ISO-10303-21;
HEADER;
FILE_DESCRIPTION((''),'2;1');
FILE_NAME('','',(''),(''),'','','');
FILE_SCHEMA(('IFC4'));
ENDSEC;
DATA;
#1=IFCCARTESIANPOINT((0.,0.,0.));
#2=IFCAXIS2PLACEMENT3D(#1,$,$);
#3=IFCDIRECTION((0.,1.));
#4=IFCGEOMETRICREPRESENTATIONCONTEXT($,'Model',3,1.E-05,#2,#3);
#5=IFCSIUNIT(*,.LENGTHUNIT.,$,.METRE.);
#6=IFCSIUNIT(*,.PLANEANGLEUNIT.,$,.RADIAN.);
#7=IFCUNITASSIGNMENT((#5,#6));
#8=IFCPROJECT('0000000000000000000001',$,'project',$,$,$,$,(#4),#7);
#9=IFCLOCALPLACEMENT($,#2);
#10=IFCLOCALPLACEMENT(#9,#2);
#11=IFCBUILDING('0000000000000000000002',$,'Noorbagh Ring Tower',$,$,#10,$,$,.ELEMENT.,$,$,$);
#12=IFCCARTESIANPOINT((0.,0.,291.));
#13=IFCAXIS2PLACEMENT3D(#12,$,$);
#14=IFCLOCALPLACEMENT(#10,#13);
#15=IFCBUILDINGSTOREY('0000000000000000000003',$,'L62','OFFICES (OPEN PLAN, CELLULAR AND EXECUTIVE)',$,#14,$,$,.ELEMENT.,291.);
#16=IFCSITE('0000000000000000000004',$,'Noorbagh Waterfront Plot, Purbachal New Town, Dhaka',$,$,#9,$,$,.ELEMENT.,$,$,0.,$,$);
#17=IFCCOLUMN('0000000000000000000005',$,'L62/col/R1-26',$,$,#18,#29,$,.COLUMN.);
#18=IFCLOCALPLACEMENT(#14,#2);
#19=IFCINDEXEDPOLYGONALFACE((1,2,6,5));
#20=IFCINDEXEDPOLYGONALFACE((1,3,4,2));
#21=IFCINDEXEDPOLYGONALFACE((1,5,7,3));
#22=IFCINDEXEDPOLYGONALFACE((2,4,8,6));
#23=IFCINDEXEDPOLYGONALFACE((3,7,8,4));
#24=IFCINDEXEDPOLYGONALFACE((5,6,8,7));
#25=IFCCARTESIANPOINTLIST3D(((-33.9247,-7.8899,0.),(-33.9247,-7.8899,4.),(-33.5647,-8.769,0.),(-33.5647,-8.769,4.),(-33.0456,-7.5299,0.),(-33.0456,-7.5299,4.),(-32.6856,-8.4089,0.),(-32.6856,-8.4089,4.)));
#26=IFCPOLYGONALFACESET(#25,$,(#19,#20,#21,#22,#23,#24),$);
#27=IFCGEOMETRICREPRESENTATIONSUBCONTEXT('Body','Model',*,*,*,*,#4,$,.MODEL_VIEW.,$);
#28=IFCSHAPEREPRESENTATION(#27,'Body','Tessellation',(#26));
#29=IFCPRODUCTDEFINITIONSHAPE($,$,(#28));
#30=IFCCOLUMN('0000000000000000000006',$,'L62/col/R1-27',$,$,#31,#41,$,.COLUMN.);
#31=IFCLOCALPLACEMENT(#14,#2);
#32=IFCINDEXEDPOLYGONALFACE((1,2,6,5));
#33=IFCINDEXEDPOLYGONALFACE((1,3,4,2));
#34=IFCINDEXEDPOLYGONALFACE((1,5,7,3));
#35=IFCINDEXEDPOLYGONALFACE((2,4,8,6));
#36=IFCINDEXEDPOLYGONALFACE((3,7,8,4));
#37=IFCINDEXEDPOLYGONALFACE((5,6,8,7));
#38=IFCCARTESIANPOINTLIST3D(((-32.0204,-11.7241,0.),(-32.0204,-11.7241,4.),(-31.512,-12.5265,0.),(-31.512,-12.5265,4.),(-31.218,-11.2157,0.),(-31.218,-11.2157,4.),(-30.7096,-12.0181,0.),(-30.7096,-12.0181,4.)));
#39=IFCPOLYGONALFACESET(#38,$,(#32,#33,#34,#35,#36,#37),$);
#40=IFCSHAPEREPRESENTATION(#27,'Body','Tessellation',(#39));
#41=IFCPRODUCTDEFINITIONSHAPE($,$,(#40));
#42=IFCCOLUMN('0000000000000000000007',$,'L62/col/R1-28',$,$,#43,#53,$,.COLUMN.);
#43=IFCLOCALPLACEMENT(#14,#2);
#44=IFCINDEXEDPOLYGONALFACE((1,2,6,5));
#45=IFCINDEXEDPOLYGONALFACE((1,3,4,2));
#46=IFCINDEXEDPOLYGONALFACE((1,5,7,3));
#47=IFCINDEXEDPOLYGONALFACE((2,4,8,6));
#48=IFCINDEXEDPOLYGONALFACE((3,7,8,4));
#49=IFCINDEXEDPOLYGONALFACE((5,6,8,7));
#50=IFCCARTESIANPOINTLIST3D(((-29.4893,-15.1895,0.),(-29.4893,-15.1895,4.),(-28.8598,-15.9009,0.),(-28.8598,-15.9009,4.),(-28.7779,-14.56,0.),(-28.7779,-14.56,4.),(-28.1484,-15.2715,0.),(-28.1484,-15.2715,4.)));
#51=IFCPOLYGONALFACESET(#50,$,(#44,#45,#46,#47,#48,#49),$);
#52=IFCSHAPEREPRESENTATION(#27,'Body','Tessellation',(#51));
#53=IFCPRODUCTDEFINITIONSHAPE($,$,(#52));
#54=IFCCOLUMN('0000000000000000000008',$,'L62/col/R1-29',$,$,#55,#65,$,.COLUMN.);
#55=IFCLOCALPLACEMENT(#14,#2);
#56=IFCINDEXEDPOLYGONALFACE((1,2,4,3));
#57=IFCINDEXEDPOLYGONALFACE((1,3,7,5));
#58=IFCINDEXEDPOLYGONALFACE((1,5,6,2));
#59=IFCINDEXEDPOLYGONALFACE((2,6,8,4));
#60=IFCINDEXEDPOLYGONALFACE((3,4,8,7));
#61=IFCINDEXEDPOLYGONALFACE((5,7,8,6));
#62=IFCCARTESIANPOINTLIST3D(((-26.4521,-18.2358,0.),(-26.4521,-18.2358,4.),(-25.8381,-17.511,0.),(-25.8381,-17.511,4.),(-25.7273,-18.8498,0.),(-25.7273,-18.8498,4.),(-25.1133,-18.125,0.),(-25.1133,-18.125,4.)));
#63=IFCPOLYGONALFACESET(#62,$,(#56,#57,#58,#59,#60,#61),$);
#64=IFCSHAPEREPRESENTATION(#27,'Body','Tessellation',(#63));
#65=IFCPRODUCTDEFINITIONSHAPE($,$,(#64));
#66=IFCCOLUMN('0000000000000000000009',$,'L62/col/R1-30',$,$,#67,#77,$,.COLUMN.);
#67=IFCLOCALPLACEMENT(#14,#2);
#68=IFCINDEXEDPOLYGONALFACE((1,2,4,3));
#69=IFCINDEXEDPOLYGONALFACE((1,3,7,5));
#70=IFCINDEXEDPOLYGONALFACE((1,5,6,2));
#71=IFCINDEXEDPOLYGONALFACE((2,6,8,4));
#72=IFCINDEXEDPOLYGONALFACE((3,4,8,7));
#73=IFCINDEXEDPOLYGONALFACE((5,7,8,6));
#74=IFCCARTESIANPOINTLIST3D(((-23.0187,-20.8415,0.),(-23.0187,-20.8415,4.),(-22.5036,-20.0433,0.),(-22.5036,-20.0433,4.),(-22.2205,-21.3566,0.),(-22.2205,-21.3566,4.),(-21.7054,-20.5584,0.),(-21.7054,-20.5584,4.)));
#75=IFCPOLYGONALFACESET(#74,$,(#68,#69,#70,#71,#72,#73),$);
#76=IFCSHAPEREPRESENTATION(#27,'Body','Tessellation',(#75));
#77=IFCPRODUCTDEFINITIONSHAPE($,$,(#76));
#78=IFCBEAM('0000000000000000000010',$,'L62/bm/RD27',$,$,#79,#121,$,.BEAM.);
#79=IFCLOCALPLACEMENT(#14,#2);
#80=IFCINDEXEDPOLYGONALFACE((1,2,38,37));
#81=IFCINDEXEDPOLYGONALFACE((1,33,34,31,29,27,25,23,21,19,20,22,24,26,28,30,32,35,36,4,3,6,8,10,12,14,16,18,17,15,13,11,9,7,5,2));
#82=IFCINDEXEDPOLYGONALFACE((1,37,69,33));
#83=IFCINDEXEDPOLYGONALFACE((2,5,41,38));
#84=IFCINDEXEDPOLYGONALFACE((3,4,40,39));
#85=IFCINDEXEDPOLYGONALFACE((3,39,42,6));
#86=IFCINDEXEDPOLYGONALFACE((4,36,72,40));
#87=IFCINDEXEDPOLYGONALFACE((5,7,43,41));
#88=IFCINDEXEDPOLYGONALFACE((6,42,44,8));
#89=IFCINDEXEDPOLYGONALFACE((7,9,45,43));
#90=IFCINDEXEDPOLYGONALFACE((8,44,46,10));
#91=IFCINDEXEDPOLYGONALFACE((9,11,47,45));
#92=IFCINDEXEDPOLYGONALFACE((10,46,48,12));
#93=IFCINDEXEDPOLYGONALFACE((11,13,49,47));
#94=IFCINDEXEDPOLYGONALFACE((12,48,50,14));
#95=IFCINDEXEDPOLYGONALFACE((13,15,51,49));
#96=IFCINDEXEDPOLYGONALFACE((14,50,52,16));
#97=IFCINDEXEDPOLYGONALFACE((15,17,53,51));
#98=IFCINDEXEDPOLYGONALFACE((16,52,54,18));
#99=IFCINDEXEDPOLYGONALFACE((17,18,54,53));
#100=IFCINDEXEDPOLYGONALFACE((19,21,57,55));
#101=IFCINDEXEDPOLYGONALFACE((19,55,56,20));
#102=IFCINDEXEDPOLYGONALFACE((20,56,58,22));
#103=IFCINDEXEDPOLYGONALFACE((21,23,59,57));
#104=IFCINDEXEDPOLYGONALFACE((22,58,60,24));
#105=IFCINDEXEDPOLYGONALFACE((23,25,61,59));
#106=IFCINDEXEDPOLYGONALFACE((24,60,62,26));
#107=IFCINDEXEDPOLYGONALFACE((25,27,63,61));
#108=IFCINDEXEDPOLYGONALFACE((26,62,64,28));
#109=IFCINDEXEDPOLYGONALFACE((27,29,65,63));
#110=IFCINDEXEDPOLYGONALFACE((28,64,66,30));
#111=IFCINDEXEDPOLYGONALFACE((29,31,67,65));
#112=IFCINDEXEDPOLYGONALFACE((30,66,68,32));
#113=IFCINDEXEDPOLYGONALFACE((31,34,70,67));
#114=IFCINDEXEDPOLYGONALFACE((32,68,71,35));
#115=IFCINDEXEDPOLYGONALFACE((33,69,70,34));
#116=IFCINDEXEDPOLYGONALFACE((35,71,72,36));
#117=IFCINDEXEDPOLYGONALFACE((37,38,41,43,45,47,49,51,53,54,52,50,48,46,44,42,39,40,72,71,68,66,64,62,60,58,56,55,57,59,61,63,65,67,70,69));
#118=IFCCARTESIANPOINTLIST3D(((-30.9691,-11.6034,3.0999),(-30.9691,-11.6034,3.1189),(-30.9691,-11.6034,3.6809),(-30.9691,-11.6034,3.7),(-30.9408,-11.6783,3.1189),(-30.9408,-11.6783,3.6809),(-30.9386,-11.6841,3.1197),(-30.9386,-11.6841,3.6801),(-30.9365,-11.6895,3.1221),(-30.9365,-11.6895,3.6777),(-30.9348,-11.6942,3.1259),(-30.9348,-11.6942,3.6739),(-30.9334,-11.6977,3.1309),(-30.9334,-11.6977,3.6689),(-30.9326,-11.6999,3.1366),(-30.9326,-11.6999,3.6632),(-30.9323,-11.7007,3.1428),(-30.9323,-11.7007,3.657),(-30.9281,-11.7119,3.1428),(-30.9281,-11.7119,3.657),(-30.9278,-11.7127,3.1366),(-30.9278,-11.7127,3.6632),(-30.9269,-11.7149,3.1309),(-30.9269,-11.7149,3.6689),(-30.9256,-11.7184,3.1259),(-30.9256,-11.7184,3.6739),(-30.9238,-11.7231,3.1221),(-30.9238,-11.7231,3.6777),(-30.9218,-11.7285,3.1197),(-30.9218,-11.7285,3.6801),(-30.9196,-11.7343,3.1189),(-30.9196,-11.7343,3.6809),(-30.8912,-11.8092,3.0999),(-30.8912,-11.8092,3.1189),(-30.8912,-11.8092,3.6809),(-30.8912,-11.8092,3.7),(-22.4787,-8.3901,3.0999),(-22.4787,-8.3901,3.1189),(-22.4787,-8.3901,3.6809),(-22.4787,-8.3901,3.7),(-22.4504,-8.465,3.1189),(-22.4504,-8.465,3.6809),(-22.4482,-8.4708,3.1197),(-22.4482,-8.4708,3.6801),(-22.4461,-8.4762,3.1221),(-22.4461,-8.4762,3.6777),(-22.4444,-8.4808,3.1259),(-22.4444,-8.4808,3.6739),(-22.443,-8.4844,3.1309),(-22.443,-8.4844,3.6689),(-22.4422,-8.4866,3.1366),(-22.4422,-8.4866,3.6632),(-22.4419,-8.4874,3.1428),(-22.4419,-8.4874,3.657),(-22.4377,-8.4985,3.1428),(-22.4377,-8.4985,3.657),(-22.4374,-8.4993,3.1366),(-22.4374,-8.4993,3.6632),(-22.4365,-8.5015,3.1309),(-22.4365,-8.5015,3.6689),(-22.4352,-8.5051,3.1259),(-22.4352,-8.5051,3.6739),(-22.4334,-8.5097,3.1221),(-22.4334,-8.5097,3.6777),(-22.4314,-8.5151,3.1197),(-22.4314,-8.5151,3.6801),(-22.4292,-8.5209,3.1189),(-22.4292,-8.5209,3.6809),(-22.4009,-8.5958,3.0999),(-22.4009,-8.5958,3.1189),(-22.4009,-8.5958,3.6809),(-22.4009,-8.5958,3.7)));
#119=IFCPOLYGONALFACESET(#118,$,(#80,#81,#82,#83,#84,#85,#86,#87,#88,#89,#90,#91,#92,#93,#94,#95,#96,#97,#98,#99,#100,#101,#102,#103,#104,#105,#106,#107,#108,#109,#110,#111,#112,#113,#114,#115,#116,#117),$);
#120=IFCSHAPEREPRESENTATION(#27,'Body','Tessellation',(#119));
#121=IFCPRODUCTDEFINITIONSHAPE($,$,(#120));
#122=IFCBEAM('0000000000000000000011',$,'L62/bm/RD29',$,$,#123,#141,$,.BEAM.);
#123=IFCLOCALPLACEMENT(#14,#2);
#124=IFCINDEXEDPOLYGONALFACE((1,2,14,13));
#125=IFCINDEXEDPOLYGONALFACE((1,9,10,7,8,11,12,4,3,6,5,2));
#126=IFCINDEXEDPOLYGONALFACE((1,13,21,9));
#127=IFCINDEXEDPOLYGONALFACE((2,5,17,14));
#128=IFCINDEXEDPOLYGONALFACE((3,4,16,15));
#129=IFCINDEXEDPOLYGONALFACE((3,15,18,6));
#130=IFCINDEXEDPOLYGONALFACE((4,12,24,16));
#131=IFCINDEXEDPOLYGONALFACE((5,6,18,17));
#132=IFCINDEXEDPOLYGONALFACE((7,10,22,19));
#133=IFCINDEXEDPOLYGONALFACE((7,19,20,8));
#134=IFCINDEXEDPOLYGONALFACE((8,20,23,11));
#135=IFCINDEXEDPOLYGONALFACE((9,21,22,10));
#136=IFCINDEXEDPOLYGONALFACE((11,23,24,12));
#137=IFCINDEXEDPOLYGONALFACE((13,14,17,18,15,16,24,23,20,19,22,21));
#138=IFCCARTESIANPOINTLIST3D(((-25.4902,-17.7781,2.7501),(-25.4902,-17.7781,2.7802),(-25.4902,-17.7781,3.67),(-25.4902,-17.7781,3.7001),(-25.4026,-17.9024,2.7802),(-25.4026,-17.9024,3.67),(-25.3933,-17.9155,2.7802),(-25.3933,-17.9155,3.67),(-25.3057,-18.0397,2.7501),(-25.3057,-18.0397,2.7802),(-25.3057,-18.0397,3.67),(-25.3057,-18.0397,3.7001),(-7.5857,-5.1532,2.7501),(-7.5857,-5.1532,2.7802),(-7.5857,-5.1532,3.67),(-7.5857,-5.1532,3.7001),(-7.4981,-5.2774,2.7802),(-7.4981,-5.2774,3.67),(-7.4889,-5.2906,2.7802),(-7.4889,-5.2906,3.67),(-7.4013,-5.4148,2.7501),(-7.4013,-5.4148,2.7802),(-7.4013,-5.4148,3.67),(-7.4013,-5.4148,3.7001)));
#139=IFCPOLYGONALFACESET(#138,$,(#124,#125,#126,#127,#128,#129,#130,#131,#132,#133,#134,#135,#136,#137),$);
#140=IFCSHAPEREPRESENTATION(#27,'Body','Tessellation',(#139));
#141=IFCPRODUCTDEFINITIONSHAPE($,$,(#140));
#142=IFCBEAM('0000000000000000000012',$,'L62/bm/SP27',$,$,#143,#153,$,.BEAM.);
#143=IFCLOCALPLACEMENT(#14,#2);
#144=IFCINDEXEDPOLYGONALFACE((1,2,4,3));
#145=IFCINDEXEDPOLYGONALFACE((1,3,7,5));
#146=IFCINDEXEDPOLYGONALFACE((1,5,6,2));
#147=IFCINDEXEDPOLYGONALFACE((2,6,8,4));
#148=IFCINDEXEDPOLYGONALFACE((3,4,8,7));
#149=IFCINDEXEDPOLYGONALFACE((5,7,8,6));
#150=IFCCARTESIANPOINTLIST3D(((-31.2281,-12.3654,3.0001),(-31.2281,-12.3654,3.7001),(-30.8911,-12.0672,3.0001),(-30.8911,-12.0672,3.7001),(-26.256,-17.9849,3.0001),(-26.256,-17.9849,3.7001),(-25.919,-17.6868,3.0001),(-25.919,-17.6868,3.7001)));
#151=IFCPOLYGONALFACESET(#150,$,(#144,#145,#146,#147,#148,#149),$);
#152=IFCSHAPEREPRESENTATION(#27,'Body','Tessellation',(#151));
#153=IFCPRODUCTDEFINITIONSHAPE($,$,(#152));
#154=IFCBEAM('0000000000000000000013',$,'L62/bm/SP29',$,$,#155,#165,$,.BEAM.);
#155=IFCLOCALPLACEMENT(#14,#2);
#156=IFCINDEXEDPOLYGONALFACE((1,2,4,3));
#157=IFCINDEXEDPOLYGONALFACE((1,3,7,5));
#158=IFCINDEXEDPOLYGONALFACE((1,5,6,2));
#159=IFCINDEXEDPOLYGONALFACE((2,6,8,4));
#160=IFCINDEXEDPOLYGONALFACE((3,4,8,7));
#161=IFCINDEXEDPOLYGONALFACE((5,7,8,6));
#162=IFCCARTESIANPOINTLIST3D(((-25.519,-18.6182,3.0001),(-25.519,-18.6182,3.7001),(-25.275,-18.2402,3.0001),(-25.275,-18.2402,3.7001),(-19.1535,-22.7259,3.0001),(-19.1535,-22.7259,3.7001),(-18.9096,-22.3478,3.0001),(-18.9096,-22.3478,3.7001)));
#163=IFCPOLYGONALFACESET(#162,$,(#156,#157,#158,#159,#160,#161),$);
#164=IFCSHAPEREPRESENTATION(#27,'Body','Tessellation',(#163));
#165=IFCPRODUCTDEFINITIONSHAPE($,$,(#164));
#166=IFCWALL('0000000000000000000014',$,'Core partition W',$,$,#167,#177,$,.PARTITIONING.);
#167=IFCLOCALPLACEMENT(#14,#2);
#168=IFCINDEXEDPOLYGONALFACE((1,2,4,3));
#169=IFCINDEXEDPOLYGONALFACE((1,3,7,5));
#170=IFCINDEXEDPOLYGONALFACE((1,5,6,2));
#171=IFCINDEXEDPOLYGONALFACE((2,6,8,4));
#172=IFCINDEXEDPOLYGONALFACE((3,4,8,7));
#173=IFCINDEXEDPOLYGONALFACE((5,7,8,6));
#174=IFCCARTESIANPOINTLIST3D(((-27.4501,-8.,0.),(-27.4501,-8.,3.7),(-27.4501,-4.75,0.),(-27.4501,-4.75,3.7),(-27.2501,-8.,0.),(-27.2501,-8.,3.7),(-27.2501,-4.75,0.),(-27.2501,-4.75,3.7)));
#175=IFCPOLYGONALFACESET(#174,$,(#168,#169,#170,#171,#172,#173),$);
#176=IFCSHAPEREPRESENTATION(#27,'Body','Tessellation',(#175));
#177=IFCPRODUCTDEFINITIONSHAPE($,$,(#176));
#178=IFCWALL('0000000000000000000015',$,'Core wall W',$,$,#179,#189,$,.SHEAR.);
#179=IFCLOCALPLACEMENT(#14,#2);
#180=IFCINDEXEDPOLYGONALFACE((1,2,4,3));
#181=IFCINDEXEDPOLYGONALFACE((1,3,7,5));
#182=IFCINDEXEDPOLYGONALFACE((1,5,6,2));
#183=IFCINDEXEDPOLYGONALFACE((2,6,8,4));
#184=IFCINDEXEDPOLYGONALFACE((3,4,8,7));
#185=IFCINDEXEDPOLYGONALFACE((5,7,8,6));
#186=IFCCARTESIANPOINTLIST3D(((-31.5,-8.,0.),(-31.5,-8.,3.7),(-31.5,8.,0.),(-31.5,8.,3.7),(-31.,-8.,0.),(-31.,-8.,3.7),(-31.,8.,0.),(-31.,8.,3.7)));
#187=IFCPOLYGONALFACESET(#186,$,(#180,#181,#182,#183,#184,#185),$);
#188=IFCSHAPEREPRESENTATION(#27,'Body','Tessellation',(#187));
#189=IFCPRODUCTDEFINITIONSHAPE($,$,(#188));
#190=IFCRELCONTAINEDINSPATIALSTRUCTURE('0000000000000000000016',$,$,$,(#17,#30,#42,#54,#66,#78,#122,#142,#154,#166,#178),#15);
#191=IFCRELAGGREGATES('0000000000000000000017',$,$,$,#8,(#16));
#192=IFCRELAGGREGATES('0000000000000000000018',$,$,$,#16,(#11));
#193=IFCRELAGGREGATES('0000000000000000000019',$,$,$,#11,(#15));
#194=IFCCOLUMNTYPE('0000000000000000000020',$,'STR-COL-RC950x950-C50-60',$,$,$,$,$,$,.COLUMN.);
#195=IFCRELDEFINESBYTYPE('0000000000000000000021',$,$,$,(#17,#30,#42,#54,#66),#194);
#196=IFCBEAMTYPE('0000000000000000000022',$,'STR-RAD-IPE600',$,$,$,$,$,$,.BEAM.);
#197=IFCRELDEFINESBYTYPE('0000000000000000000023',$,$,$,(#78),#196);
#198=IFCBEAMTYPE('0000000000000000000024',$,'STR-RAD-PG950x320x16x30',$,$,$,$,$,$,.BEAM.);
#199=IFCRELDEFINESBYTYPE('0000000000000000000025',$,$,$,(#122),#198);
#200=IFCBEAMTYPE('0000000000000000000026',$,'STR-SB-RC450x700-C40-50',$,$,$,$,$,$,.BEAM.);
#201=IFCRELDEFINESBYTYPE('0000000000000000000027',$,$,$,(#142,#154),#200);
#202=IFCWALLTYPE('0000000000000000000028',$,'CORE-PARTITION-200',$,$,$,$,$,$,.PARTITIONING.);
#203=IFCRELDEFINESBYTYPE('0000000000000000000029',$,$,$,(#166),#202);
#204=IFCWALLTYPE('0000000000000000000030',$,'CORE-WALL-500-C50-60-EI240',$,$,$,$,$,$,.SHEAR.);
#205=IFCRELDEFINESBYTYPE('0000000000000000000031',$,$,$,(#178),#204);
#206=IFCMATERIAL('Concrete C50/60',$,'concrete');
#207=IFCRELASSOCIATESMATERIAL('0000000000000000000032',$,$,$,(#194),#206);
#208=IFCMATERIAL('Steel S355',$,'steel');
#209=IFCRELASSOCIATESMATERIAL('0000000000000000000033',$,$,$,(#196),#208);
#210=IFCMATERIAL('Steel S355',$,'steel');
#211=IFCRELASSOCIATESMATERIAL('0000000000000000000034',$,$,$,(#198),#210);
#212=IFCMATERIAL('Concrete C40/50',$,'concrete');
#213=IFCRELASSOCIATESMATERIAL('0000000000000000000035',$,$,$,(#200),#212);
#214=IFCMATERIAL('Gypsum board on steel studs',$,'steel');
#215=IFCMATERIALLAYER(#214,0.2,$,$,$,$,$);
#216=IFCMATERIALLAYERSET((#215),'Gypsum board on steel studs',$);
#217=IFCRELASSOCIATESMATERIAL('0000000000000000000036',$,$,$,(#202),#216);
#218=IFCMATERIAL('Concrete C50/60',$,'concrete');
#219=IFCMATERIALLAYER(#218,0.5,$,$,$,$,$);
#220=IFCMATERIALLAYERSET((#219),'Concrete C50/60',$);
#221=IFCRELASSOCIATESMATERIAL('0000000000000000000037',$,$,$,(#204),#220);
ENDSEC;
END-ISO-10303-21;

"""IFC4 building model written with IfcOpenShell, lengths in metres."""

from ifc_helpers import new_model, si_unit, direction, frame, frame_2d, origin, origin_2d, place, context, subcontext, project, spatial, rectangle, i_section, extrude, material, layer, layer_set, material_profile, profile_set, type_object, element, save


model = new_model("IFC4")

# Units and contexts
model_context = context("Model", 3, precision=1e-05, world=origin(), true_north=direction((0.0, 1.0)))
body_context = subcontext(model_context, "Body", "Model", "MODEL_VIEW")
ifc_project = project(units=[si_unit("LENGTHUNIT", "METRE"), si_unit("PLANEANGLEUNIT", "RADIAN")], contexts=[model_context])

# Site, building, storey
site_placement = place(None, origin())
site = spatial("IfcSite", under=ifc_project, at=site_placement, Name="Noorbagh Waterfront Plot, Purbachal New Town, Dhaka", CompositionType="ELEMENT", RefElevation=0.0)
building_placement = place(site_placement, origin())
building = spatial("IfcBuilding", under=site, at=building_placement, Name="Noorbagh Ring Tower", CompositionType="ELEMENT")
storey_placement = place(building_placement, frame((0.0, 0.0, 291.0)))
storey = spatial("IfcBuildingStorey", under=building, at=storey_placement, Name="L62", Description="OFFICES (OPEN PLAN, CELLULAR AND EXECUTIVE)", CompositionType="ELEMENT", Elevation=291.0)

# Columns
ifc_material_1 = material(Name="Concrete C50/60", Category="concrete")
ifc_material_profile_1 = material_profile(ifc_material_1, rectangle(XDim=0.95, YDim=0.95, at=origin_2d()), Name="RC950x950")
ifc_profile_set_1 = profile_set([ifc_material_profile_1], Name="Concrete C50/60")
column_type = type_object("IfcColumnType", Name="STR-COL-RC950x950-C50-60", PredefinedType="COLUMN", material=ifc_profile_set_1)
for number, where, z_axis, x_axis, name in (
    (1, (-33.3052, -8.1494, 0.0), (0.0, 0.0, 1.0), (0.378989, -0.925401, 0.0), "L62/col/R1-26"),
    (2, (-31.365, -11.8711, 0.0), (0.0, 0.0, 1.0), (0.53519, -0.844731, 0.0), "L62/col/R1-27"),
    (3, (-28.8188, -15.2305, 0.0), (0.0, 0.0, 1.0), (0.662636, -0.748942, 0.0), "L62/col/R1-28"),
    (4, (-25.7827, -18.1804, 0.0), (0.0, 0.0, 1.0), (0.763035, -0.646357, 0.0), "L62/col/R1-29"),
    (5, (-22.3621, -20.7, 0.0), (0.0, 0.0, 1.0), (0.840248, -0.542203, 0.0), "L62/col/R1-30"),
):
    element("IfcColumn", number, at=place(storey_placement, frame(where, z_axis=z_axis, x_axis=x_axis)), inside=storey, type_object=column_type, Name=name, PredefinedType="COLUMN", context=body_context, shape_type="SweptSolid", body=[
        extrude(rectangle(XDim=0.95, YDim=0.95, at=origin_2d()), origin(), (0.0, 0.0, 1.0), 4.0),
    ])

# Beams
ifc_material_2 = material(Name="Steel S355", Category="steel")
ifc_material_profile_2 = material_profile(ifc_material_2, i_section(OverallWidth=0.22, OverallDepth=0.6001, WebThickness=0.012, FlangeThickness=0.019, FilletRadius=0.0239, at=origin_2d()), Name="IPE600")
ifc_profile_set_2 = profile_set([ifc_material_profile_2], Name="Steel S355")
beam_type_1 = type_object("IfcBeamType", Name="STR-RAD-IPE600", PredefinedType="BEAM", material=ifc_profile_set_2)
beam_1_placement = place(storey_placement, frame((-30.9302, -11.7063, 3.3999), z_axis=(0.935258, 0.353966, 0.0), x_axis=(-0.353966, 0.935258, 0.0)))
element("IfcBeam", 6, at=beam_1_placement, inside=storey, type_object=beam_type_1, Name="L62/bm/RD27", PredefinedType="BEAM", context=body_context, shape_type="SweptSolid", body=[
    extrude(i_section(OverallWidth=0.22, OverallDepth=0.6001, WebThickness=0.012, FlangeThickness=0.019, FilletRadius=0.0239, at=origin_2d()), origin(), (0.0, 0.0, 1.0), 9.0781),
])
ifc_material_3 = material(Name="Steel S355", Category="steel")
ifc_material_profile_3 = material_profile(ifc_material_3, i_section(OverallWidth=0.3201, OverallDepth=0.95, WebThickness=0.0161, FlangeThickness=0.03, at=origin_2d()), Name="PG950x320x16x30")
ifc_profile_set_3 = profile_set([ifc_material_profile_3], Name="Steel S355")
beam_type_2 = type_object("IfcBeamType", Name="STR-RAD-PG950x320x16x30", PredefinedType="BEAM", material=ifc_profile_set_3)
beam_2_placement = place(storey_placement, frame((-25.3979, -17.9089, 3.2251), z_axis=(0.817258, 0.576272, 0.0), x_axis=(-0.576272, 0.817258, 0.0)))
element("IfcBeam", 7, at=beam_2_placement, inside=storey, type_object=beam_type_2, Name="L62/bm/RD29", PredefinedType="BEAM", context=body_context, shape_type="SweptSolid", body=[
    extrude(i_section(OverallWidth=0.3201, OverallDepth=0.95, WebThickness=0.0161, FlangeThickness=0.03, at=origin_2d()), origin(), (0.0, 0.0, 1.0), 21.908),
])
ifc_material_4 = material(Name="Concrete C40/50", Category="concrete")
ifc_material_profile_4 = material_profile(ifc_material_4, rectangle(XDim=0.45, YDim=0.7, at=origin_2d()), Name="RC450x700")
ifc_profile_set_4 = profile_set([ifc_material_profile_4], Name="Concrete C40/50")
beam_type_3 = type_object("IfcBeamType", Name="STR-SB-RC450x700-C40-50", PredefinedType="BEAM", material=ifc_profile_set_4)
beam_3_placement = place(storey_placement, frame((-31.0596, -12.2163, 3.3501), z_axis=(0.662645, -0.748933, 0.0), x_axis=(0.748933, 0.662645, 0.0)))
element("IfcBeam", 8, at=beam_3_placement, inside=storey, type_object=beam_type_3, Name="L62/bm/SP27", PredefinedType="BEAM", context=body_context, shape_type="SweptSolid", body=[
    extrude(rectangle(XDim=0.45, YDim=0.7, at=origin_2d()), origin(), (0.0, 0.0, 1.0), 7.5034),
])
beam_4_placement = place(storey_placement, frame((-25.397, -18.4292, 3.3501), z_axis=(0.840242, -0.542211, 0.0), x_axis=(0.542211, 0.840242, 0.0)))
element("IfcBeam", 9, at=beam_4_placement, inside=storey, type_object=beam_type_3, Name="L62/bm/SP29", PredefinedType="BEAM", context=body_context, shape_type="SweptSolid", body=[
    extrude(rectangle(XDim=0.45, YDim=0.7, at=origin_2d()), origin(), (0.0, 0.0, 1.0), 7.5757),
])

# Walls
ifc_material_5 = material(Name="Gypsum board on steel studs", Category="steel")
ifc_layer_1 = layer(ifc_material_5, 0.2)
ifc_layer_set_1 = layer_set([ifc_layer_1], Name="Gypsum board on steel studs")
wall_type_1 = type_object("IfcWallType", Name="CORE-PARTITION-200", PredefinedType="PARTITIONING", material=ifc_layer_set_1)
wall_1_placement = place(storey_placement, frame((-27.3501, -8.0, 0.0), z_axis=(0.0, 0.0, 1.0), x_axis=(0.0, 1.0, 0.0)))
element("IfcWall", 10, at=wall_1_placement, inside=storey, type_object=wall_type_1, Name="Core partition W", PredefinedType="PARTITIONING", context=body_context, shape_type="SweptSolid", body=[
    extrude(rectangle(XDim=3.25, YDim=0.2, at=frame_2d((1.625, 0.0))), origin(), (0.0, 0.0, 1.0), 3.7),
])
ifc_material_6 = material(Name="Concrete C50/60", Category="concrete")
ifc_layer_2 = layer(ifc_material_6, 0.5)
ifc_layer_set_2 = layer_set([ifc_layer_2], Name="Concrete C50/60")
wall_type_2 = type_object("IfcWallType", Name="CORE-WALL-500-C50-60-EI240", PredefinedType="SHEAR", material=ifc_layer_set_2)
wall_2_placement = place(storey_placement, frame((-31.25, -8.0, 0.0), z_axis=(0.0, 0.0, 1.0), x_axis=(0.0, 1.0, 0.0)))
element("IfcWall", 11, at=wall_2_placement, inside=storey, type_object=wall_type_2, Name="Core wall W", PredefinedType="SHEAR", context=body_context, shape_type="SweptSolid", body=[
    extrude(rectangle(XDim=16.0, YDim=0.5, at=frame_2d((8.0, 0.0))), origin(), (0.0, 0.0, 1.0), 3.7),
])

save(model, "model.ifc")
